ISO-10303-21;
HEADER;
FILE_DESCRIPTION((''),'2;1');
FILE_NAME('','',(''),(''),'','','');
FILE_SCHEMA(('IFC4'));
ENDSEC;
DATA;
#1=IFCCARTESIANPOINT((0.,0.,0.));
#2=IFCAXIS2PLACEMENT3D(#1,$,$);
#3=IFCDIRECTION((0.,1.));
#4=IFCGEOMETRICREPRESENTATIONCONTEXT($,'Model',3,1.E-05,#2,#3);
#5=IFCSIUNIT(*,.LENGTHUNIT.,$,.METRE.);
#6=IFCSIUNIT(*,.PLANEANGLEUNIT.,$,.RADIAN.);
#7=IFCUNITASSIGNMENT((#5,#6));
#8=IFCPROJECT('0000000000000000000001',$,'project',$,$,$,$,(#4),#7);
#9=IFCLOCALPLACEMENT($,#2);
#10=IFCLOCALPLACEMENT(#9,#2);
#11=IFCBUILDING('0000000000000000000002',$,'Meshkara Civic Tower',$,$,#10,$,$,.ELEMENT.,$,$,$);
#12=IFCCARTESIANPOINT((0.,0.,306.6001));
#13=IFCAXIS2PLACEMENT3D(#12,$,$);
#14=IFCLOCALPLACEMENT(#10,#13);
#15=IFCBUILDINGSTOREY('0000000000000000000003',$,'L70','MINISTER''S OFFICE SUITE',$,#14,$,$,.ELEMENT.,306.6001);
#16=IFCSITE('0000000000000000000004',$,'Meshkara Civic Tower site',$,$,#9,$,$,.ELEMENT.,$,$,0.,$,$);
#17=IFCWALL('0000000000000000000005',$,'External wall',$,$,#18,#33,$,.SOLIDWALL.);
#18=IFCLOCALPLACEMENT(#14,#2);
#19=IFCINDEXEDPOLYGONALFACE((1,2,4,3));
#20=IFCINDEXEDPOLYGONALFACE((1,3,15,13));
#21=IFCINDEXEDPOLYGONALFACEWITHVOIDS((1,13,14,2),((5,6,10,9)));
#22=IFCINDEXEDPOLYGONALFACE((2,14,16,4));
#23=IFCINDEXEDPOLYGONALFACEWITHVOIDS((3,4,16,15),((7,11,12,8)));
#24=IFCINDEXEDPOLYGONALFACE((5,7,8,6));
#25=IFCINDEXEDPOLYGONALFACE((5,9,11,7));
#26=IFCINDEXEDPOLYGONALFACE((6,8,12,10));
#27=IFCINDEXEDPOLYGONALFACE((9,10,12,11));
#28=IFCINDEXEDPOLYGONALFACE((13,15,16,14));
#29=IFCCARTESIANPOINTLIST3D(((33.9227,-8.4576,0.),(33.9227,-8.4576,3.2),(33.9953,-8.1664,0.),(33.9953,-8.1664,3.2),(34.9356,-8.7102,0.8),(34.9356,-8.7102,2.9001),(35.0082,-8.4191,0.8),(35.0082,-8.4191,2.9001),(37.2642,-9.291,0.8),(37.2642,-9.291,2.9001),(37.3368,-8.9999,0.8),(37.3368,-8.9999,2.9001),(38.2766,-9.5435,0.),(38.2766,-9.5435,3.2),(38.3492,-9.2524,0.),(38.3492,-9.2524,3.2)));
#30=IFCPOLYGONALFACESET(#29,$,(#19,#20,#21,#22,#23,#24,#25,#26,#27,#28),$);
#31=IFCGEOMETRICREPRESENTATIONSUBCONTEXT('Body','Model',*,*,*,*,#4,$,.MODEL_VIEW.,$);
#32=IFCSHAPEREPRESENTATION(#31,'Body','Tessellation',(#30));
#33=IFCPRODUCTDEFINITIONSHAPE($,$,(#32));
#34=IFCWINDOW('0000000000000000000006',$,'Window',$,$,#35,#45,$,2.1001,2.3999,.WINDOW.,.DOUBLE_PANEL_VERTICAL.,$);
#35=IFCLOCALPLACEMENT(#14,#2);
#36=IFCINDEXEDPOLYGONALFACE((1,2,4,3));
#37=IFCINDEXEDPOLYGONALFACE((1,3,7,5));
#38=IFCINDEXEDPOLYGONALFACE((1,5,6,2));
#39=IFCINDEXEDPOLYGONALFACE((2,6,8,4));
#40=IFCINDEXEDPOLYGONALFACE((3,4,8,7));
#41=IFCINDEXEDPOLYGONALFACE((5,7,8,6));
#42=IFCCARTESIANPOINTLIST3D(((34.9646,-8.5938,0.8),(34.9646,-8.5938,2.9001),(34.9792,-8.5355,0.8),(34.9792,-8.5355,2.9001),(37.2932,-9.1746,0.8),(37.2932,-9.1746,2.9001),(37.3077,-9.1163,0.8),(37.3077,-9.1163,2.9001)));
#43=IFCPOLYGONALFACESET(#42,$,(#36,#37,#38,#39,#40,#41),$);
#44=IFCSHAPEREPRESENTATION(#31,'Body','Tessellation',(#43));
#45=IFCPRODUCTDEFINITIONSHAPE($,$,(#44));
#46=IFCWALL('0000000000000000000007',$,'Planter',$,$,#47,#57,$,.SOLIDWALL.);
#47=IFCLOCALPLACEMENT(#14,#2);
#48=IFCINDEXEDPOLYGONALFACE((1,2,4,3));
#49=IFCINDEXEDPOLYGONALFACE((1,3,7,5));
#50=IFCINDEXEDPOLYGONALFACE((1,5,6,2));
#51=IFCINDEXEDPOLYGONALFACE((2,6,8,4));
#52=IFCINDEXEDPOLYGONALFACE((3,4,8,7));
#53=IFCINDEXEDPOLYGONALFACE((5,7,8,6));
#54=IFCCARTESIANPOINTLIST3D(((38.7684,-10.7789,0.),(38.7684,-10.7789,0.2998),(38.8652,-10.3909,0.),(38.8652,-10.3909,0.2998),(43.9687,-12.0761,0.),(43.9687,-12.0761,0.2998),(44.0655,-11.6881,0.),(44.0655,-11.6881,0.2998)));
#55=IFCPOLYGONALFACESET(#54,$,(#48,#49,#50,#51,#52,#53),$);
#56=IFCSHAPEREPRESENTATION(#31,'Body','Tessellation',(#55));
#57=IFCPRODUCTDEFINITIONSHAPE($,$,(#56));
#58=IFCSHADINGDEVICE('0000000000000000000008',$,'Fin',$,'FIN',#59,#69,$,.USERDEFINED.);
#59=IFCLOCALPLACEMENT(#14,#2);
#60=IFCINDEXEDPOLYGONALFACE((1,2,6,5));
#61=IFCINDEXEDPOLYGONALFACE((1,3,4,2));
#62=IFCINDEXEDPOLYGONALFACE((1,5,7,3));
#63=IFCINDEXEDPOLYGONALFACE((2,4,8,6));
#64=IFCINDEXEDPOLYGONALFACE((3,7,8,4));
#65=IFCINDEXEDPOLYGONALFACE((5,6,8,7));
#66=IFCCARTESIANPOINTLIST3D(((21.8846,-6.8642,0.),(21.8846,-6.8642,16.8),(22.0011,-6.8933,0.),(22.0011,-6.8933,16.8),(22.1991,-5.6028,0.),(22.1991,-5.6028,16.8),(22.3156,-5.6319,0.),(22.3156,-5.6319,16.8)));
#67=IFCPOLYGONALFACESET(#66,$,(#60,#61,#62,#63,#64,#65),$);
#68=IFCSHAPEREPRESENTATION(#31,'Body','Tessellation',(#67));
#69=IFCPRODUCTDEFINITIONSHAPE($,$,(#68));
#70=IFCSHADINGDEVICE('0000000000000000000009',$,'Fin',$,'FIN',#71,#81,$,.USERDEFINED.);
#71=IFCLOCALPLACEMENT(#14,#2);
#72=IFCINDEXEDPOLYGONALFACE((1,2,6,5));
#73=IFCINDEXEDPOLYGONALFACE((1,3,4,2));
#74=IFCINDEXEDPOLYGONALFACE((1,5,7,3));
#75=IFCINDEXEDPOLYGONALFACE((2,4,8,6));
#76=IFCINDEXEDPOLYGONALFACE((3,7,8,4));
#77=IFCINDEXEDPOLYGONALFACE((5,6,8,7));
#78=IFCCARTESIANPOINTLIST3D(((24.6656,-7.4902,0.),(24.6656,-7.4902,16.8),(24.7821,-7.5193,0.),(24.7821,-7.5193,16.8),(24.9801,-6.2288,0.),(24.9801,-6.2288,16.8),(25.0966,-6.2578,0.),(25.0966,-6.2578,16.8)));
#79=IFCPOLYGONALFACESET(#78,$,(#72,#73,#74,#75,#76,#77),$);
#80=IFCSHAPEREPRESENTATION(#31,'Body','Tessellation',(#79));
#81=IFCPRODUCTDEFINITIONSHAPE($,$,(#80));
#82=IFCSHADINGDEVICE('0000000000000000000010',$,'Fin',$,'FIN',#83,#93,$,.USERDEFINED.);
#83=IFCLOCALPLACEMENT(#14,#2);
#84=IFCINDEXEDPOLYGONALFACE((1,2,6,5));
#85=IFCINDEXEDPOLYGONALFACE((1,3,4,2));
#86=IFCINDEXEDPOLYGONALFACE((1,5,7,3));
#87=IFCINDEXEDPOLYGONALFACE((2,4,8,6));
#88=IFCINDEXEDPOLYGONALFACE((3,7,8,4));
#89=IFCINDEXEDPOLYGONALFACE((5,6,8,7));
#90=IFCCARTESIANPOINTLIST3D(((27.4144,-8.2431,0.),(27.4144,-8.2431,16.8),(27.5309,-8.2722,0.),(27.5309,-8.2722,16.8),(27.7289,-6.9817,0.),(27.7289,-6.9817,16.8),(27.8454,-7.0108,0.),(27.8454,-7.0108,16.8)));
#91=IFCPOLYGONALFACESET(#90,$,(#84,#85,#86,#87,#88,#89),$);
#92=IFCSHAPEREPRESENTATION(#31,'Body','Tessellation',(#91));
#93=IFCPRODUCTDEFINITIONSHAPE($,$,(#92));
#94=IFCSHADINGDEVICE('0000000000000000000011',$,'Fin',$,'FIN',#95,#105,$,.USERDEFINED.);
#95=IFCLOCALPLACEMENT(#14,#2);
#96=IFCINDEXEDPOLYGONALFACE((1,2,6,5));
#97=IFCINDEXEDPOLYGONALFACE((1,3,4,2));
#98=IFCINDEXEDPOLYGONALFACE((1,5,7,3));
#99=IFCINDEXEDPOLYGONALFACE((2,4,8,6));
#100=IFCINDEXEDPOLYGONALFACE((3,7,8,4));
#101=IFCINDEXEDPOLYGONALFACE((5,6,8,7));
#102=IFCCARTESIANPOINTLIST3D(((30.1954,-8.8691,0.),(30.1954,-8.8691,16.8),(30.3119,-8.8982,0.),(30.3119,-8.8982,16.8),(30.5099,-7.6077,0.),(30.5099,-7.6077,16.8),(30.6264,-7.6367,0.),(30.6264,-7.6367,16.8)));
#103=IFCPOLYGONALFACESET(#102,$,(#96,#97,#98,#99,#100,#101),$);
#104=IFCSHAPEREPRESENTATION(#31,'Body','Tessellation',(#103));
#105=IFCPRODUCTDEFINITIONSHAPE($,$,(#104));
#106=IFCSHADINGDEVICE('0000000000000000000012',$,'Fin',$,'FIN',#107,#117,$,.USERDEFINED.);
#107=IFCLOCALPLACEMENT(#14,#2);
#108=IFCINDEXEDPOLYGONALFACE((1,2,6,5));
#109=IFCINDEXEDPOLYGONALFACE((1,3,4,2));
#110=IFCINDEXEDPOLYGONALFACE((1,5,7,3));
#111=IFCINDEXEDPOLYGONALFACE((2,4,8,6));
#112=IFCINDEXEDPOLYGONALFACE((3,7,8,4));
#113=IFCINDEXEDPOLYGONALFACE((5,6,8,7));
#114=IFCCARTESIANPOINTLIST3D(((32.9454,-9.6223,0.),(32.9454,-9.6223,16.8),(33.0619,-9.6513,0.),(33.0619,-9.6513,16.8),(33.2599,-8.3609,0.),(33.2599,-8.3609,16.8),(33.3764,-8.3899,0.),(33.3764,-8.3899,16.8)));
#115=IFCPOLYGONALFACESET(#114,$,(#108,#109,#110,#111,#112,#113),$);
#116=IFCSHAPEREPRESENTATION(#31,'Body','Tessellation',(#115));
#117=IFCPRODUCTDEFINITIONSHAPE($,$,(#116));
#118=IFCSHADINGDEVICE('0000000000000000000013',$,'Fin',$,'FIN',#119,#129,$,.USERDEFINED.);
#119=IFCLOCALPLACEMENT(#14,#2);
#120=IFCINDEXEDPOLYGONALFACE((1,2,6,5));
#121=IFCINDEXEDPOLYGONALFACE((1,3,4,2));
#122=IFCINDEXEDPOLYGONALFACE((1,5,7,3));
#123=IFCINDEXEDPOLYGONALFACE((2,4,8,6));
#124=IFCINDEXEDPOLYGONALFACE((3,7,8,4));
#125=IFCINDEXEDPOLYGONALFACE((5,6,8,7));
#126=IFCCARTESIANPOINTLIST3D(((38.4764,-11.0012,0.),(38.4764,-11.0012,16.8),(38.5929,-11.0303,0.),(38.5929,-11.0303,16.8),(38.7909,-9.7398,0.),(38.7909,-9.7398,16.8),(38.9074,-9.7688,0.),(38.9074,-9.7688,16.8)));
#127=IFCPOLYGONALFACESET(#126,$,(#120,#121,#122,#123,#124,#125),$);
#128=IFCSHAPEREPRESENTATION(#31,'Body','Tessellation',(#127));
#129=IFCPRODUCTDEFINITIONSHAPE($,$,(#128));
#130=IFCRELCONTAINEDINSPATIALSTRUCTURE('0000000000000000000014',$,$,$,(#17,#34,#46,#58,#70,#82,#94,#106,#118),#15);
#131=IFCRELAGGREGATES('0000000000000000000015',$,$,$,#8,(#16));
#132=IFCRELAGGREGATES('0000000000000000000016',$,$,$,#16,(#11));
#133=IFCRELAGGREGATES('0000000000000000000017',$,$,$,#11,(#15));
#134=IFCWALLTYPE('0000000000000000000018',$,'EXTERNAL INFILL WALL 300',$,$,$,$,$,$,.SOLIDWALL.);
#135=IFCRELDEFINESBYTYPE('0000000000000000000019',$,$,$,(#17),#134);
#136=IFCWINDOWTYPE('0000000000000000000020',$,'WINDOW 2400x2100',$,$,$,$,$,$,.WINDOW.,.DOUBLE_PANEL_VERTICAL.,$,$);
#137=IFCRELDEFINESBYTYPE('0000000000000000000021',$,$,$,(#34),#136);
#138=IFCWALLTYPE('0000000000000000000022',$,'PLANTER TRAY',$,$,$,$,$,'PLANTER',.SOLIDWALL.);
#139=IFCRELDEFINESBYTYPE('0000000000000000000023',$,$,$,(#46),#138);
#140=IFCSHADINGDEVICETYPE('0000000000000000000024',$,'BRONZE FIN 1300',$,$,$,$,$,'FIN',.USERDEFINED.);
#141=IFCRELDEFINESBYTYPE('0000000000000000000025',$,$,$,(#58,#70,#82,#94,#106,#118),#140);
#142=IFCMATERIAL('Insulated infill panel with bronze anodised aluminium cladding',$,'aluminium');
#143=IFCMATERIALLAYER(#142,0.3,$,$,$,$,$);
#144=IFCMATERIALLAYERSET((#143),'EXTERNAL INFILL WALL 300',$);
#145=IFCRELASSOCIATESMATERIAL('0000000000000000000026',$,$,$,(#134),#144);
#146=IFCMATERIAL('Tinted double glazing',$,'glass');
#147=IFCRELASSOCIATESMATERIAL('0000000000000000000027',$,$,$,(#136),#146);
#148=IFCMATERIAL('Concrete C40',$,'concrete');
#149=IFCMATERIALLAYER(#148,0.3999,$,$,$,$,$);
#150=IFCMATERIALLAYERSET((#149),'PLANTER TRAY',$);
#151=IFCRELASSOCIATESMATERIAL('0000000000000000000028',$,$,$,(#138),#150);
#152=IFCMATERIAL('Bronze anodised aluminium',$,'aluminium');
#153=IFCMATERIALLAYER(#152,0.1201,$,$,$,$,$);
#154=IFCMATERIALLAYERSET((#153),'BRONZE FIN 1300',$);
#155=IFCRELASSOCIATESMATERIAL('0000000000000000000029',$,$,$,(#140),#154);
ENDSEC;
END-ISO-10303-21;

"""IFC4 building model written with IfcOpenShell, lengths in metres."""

from ifc_helpers import new_model, si_unit, direction, frame, frame_2d, origin, origin_2d, place, context, subcontext, project, spatial, rectangle, extrude, material, layer, layer_set, type_object, element, fill, save


model = new_model("IFC4")

# Units and contexts
model_context = context("Model", 3, precision=1e-05, world=origin(), true_north=direction((0.0, 1.0)))
body_context = subcontext(model_context, "Body", "Model", "MODEL_VIEW")
ifc_project = project(units=[si_unit("LENGTHUNIT", "METRE"), si_unit("PLANEANGLEUNIT", "RADIAN")], contexts=[model_context])

# Site, building, storey
site_placement = place(None, origin())
site = spatial("IfcSite", under=ifc_project, at=site_placement, Name="Meshkara Civic Tower site", CompositionType="ELEMENT", RefElevation=0.0)
building_placement = place(site_placement, origin())
building = spatial("IfcBuilding", under=site, at=building_placement, Name="Meshkara Civic Tower", CompositionType="ELEMENT")
storey_placement = place(building_placement, frame((0.0, 0.0, 306.6001)))
storey = spatial("IfcBuildingStorey", under=building, at=storey_placement, Name="L70", Description="MINISTER'S OFFICE SUITE", CompositionType="ELEMENT", Elevation=306.6001)

# Wall, opening, window
ifc_material_1 = material(Name="Insulated infill panel with bronze anodised aluminium cladding", Category="aluminium")
ifc_layer_1 = layer(ifc_material_1, 0.3)
ifc_layer_set_1 = layer_set([ifc_layer_1], Name="EXTERNAL INFILL WALL 300")
wall_type_1 = type_object("IfcWallType", Name="EXTERNAL INFILL WALL 300", PredefinedType="SOLIDWALL", material=ifc_layer_set_1)
ifc_material_2 = material(Name="Tinted double glazing", Category="glass")
window_type = type_object("IfcWindowType", Name="WINDOW 2400x2100", PartitioningType="DOUBLE_PANEL_VERTICAL", PredefinedType="WINDOW", material=ifc_material_2)
wall_1_placement = place(storey_placement, frame((33.959, -8.312, 0.0), z_axis=(0.0, 0.0, 1.0), x_axis=(0.970277, -0.241998, 0.0)))
wall_1 = element("IfcWall", 1, at=wall_1_placement, inside=storey, type_object=wall_type_1, Name="External wall", PredefinedType="SOLIDWALL", context=body_context, shape_type="SweptSolid", body=[
    extrude(rectangle(XDim=4.4873, YDim=0.3, at=frame_2d((2.2437, 0.0))), origin(), (0.0, 0.0, 1.0), 3.2),
])
opening_1_placement = place(wall_1_placement, frame((1.0439, 0.0, 0.8)))
opening_1 = element("IfcOpeningElement", 2, at=opening_1_placement, cuts=wall_1, PredefinedType="OPENING", context=body_context, shape_type="SweptSolid", body=[
    extrude(rectangle(XDim=2.3999, YDim=2.1001, at=frame_2d((1.2, 1.05))), frame((0.0, 0.1599, 0.0), z_axis=(0.0, -1.0, 0.0), x_axis=(1.0, 0.0, 0.0)), (0.0, 0.0, 1.0), 0.3201),
])
window_1_placement = place(opening_1_placement, origin())
window_1 = element("IfcWindow", 3, at=window_1_placement, inside=storey, type_object=window_type, Name="Window", OverallHeight=2.1001, OverallWidth=2.3999, PartitioningType="DOUBLE_PANEL_VERTICAL", PredefinedType="WINDOW", context=body_context, shape_type="SweptSolid", body=[
    extrude(rectangle(XDim=2.3999, YDim=2.1001, at=frame_2d((1.2, 1.05))), frame((0.0, 0.03, 0.0), z_axis=(0.0, -1.0, 0.0), x_axis=(1.0, 0.0, 0.0)), (0.0, 0.0, 1.0), 0.0601),
])
fill(opening_1, window_1)

# Wall
ifc_material_3 = material(Name="Concrete C40", Category="concrete")
ifc_layer_2 = layer(ifc_material_3, 0.3999)
ifc_layer_set_2 = layer_set([ifc_layer_2], Name="PLANTER TRAY")
wall_type_2 = type_object("IfcWallType", Name="PLANTER TRAY", ElementType="PLANTER", PredefinedType="SOLIDWALL", material=ifc_layer_set_2)
wall_2_placement = place(storey_placement, frame((38.8169, -10.585, 0.0), z_axis=(0.0, 0.0, 1.0), x_axis=(0.970271, -0.242021, 0.0)))
element("IfcWall", 4, at=wall_2_placement, inside=storey, type_object=wall_type_2, Name="Planter", PredefinedType="SOLIDWALL", context=body_context, shape_type="SweptSolid", body=[
    extrude(rectangle(XDim=5.3596, YDim=0.3999, at=frame_2d((2.6797, 0.0))), origin(), (0.0, 0.0, 1.0), 0.2998),
])

# Shading devices
ifc_material_4 = material(Name="Bronze anodised aluminium", Category="aluminium")
ifc_layer_3 = layer(ifc_material_4, 0.1201)
ifc_layer_set_3 = layer_set([ifc_layer_3], Name="BRONZE FIN 1300")
shading_device_type = type_object("IfcShadingDeviceType", Name="BRONZE FIN 1300", ElementType="FIN", PredefinedType="USERDEFINED", material=ifc_layer_set_3)
for number, where, z_axis, x_axis, name in (
    (5, (22.1001, -6.248, 0.0), (0.0, 0.0, 1.0), (0.970296, -0.241922, 0.0), "Fin"),
    (6, (24.8811, -6.874, 0.0), (0.0, 0.0, 1.0), (0.970296, -0.241922, 0.0), "Fin"),
    (7, (27.6299, -7.627, 0.0), (0.0, 0.0, 1.0), (0.970296, -0.241922, 0.0), "Fin"),
    (8, (30.4109, -8.2529, 0.0), (0.0, 0.0, 1.0), (0.970296, -0.241922, 0.0), "Fin"),
    (9, (33.1609, -9.0061, 0.0), (0.0, 0.0, 1.0), (0.970296, -0.241922, 0.0), "Fin"),
    (10, (38.6919, -10.385, 0.0), (0.0, 0.0, 1.0), (0.970296, -0.241922, 0.0), "Fin"),
):
    element("IfcShadingDevice", number, at=place(storey_placement, frame(where, z_axis=z_axis, x_axis=x_axis)), inside=storey, type_object=shading_device_type, Name=name, ObjectType="FIN", PredefinedType="USERDEFINED", context=body_context, shape_type="SweptSolid", body=[
        extrude(rectangle(XDim=0.1201, YDim=1.3, at=origin_2d()), origin(), (0.0, 0.0, 1.0), 16.8),
    ])

save(model, "model.ifc")
